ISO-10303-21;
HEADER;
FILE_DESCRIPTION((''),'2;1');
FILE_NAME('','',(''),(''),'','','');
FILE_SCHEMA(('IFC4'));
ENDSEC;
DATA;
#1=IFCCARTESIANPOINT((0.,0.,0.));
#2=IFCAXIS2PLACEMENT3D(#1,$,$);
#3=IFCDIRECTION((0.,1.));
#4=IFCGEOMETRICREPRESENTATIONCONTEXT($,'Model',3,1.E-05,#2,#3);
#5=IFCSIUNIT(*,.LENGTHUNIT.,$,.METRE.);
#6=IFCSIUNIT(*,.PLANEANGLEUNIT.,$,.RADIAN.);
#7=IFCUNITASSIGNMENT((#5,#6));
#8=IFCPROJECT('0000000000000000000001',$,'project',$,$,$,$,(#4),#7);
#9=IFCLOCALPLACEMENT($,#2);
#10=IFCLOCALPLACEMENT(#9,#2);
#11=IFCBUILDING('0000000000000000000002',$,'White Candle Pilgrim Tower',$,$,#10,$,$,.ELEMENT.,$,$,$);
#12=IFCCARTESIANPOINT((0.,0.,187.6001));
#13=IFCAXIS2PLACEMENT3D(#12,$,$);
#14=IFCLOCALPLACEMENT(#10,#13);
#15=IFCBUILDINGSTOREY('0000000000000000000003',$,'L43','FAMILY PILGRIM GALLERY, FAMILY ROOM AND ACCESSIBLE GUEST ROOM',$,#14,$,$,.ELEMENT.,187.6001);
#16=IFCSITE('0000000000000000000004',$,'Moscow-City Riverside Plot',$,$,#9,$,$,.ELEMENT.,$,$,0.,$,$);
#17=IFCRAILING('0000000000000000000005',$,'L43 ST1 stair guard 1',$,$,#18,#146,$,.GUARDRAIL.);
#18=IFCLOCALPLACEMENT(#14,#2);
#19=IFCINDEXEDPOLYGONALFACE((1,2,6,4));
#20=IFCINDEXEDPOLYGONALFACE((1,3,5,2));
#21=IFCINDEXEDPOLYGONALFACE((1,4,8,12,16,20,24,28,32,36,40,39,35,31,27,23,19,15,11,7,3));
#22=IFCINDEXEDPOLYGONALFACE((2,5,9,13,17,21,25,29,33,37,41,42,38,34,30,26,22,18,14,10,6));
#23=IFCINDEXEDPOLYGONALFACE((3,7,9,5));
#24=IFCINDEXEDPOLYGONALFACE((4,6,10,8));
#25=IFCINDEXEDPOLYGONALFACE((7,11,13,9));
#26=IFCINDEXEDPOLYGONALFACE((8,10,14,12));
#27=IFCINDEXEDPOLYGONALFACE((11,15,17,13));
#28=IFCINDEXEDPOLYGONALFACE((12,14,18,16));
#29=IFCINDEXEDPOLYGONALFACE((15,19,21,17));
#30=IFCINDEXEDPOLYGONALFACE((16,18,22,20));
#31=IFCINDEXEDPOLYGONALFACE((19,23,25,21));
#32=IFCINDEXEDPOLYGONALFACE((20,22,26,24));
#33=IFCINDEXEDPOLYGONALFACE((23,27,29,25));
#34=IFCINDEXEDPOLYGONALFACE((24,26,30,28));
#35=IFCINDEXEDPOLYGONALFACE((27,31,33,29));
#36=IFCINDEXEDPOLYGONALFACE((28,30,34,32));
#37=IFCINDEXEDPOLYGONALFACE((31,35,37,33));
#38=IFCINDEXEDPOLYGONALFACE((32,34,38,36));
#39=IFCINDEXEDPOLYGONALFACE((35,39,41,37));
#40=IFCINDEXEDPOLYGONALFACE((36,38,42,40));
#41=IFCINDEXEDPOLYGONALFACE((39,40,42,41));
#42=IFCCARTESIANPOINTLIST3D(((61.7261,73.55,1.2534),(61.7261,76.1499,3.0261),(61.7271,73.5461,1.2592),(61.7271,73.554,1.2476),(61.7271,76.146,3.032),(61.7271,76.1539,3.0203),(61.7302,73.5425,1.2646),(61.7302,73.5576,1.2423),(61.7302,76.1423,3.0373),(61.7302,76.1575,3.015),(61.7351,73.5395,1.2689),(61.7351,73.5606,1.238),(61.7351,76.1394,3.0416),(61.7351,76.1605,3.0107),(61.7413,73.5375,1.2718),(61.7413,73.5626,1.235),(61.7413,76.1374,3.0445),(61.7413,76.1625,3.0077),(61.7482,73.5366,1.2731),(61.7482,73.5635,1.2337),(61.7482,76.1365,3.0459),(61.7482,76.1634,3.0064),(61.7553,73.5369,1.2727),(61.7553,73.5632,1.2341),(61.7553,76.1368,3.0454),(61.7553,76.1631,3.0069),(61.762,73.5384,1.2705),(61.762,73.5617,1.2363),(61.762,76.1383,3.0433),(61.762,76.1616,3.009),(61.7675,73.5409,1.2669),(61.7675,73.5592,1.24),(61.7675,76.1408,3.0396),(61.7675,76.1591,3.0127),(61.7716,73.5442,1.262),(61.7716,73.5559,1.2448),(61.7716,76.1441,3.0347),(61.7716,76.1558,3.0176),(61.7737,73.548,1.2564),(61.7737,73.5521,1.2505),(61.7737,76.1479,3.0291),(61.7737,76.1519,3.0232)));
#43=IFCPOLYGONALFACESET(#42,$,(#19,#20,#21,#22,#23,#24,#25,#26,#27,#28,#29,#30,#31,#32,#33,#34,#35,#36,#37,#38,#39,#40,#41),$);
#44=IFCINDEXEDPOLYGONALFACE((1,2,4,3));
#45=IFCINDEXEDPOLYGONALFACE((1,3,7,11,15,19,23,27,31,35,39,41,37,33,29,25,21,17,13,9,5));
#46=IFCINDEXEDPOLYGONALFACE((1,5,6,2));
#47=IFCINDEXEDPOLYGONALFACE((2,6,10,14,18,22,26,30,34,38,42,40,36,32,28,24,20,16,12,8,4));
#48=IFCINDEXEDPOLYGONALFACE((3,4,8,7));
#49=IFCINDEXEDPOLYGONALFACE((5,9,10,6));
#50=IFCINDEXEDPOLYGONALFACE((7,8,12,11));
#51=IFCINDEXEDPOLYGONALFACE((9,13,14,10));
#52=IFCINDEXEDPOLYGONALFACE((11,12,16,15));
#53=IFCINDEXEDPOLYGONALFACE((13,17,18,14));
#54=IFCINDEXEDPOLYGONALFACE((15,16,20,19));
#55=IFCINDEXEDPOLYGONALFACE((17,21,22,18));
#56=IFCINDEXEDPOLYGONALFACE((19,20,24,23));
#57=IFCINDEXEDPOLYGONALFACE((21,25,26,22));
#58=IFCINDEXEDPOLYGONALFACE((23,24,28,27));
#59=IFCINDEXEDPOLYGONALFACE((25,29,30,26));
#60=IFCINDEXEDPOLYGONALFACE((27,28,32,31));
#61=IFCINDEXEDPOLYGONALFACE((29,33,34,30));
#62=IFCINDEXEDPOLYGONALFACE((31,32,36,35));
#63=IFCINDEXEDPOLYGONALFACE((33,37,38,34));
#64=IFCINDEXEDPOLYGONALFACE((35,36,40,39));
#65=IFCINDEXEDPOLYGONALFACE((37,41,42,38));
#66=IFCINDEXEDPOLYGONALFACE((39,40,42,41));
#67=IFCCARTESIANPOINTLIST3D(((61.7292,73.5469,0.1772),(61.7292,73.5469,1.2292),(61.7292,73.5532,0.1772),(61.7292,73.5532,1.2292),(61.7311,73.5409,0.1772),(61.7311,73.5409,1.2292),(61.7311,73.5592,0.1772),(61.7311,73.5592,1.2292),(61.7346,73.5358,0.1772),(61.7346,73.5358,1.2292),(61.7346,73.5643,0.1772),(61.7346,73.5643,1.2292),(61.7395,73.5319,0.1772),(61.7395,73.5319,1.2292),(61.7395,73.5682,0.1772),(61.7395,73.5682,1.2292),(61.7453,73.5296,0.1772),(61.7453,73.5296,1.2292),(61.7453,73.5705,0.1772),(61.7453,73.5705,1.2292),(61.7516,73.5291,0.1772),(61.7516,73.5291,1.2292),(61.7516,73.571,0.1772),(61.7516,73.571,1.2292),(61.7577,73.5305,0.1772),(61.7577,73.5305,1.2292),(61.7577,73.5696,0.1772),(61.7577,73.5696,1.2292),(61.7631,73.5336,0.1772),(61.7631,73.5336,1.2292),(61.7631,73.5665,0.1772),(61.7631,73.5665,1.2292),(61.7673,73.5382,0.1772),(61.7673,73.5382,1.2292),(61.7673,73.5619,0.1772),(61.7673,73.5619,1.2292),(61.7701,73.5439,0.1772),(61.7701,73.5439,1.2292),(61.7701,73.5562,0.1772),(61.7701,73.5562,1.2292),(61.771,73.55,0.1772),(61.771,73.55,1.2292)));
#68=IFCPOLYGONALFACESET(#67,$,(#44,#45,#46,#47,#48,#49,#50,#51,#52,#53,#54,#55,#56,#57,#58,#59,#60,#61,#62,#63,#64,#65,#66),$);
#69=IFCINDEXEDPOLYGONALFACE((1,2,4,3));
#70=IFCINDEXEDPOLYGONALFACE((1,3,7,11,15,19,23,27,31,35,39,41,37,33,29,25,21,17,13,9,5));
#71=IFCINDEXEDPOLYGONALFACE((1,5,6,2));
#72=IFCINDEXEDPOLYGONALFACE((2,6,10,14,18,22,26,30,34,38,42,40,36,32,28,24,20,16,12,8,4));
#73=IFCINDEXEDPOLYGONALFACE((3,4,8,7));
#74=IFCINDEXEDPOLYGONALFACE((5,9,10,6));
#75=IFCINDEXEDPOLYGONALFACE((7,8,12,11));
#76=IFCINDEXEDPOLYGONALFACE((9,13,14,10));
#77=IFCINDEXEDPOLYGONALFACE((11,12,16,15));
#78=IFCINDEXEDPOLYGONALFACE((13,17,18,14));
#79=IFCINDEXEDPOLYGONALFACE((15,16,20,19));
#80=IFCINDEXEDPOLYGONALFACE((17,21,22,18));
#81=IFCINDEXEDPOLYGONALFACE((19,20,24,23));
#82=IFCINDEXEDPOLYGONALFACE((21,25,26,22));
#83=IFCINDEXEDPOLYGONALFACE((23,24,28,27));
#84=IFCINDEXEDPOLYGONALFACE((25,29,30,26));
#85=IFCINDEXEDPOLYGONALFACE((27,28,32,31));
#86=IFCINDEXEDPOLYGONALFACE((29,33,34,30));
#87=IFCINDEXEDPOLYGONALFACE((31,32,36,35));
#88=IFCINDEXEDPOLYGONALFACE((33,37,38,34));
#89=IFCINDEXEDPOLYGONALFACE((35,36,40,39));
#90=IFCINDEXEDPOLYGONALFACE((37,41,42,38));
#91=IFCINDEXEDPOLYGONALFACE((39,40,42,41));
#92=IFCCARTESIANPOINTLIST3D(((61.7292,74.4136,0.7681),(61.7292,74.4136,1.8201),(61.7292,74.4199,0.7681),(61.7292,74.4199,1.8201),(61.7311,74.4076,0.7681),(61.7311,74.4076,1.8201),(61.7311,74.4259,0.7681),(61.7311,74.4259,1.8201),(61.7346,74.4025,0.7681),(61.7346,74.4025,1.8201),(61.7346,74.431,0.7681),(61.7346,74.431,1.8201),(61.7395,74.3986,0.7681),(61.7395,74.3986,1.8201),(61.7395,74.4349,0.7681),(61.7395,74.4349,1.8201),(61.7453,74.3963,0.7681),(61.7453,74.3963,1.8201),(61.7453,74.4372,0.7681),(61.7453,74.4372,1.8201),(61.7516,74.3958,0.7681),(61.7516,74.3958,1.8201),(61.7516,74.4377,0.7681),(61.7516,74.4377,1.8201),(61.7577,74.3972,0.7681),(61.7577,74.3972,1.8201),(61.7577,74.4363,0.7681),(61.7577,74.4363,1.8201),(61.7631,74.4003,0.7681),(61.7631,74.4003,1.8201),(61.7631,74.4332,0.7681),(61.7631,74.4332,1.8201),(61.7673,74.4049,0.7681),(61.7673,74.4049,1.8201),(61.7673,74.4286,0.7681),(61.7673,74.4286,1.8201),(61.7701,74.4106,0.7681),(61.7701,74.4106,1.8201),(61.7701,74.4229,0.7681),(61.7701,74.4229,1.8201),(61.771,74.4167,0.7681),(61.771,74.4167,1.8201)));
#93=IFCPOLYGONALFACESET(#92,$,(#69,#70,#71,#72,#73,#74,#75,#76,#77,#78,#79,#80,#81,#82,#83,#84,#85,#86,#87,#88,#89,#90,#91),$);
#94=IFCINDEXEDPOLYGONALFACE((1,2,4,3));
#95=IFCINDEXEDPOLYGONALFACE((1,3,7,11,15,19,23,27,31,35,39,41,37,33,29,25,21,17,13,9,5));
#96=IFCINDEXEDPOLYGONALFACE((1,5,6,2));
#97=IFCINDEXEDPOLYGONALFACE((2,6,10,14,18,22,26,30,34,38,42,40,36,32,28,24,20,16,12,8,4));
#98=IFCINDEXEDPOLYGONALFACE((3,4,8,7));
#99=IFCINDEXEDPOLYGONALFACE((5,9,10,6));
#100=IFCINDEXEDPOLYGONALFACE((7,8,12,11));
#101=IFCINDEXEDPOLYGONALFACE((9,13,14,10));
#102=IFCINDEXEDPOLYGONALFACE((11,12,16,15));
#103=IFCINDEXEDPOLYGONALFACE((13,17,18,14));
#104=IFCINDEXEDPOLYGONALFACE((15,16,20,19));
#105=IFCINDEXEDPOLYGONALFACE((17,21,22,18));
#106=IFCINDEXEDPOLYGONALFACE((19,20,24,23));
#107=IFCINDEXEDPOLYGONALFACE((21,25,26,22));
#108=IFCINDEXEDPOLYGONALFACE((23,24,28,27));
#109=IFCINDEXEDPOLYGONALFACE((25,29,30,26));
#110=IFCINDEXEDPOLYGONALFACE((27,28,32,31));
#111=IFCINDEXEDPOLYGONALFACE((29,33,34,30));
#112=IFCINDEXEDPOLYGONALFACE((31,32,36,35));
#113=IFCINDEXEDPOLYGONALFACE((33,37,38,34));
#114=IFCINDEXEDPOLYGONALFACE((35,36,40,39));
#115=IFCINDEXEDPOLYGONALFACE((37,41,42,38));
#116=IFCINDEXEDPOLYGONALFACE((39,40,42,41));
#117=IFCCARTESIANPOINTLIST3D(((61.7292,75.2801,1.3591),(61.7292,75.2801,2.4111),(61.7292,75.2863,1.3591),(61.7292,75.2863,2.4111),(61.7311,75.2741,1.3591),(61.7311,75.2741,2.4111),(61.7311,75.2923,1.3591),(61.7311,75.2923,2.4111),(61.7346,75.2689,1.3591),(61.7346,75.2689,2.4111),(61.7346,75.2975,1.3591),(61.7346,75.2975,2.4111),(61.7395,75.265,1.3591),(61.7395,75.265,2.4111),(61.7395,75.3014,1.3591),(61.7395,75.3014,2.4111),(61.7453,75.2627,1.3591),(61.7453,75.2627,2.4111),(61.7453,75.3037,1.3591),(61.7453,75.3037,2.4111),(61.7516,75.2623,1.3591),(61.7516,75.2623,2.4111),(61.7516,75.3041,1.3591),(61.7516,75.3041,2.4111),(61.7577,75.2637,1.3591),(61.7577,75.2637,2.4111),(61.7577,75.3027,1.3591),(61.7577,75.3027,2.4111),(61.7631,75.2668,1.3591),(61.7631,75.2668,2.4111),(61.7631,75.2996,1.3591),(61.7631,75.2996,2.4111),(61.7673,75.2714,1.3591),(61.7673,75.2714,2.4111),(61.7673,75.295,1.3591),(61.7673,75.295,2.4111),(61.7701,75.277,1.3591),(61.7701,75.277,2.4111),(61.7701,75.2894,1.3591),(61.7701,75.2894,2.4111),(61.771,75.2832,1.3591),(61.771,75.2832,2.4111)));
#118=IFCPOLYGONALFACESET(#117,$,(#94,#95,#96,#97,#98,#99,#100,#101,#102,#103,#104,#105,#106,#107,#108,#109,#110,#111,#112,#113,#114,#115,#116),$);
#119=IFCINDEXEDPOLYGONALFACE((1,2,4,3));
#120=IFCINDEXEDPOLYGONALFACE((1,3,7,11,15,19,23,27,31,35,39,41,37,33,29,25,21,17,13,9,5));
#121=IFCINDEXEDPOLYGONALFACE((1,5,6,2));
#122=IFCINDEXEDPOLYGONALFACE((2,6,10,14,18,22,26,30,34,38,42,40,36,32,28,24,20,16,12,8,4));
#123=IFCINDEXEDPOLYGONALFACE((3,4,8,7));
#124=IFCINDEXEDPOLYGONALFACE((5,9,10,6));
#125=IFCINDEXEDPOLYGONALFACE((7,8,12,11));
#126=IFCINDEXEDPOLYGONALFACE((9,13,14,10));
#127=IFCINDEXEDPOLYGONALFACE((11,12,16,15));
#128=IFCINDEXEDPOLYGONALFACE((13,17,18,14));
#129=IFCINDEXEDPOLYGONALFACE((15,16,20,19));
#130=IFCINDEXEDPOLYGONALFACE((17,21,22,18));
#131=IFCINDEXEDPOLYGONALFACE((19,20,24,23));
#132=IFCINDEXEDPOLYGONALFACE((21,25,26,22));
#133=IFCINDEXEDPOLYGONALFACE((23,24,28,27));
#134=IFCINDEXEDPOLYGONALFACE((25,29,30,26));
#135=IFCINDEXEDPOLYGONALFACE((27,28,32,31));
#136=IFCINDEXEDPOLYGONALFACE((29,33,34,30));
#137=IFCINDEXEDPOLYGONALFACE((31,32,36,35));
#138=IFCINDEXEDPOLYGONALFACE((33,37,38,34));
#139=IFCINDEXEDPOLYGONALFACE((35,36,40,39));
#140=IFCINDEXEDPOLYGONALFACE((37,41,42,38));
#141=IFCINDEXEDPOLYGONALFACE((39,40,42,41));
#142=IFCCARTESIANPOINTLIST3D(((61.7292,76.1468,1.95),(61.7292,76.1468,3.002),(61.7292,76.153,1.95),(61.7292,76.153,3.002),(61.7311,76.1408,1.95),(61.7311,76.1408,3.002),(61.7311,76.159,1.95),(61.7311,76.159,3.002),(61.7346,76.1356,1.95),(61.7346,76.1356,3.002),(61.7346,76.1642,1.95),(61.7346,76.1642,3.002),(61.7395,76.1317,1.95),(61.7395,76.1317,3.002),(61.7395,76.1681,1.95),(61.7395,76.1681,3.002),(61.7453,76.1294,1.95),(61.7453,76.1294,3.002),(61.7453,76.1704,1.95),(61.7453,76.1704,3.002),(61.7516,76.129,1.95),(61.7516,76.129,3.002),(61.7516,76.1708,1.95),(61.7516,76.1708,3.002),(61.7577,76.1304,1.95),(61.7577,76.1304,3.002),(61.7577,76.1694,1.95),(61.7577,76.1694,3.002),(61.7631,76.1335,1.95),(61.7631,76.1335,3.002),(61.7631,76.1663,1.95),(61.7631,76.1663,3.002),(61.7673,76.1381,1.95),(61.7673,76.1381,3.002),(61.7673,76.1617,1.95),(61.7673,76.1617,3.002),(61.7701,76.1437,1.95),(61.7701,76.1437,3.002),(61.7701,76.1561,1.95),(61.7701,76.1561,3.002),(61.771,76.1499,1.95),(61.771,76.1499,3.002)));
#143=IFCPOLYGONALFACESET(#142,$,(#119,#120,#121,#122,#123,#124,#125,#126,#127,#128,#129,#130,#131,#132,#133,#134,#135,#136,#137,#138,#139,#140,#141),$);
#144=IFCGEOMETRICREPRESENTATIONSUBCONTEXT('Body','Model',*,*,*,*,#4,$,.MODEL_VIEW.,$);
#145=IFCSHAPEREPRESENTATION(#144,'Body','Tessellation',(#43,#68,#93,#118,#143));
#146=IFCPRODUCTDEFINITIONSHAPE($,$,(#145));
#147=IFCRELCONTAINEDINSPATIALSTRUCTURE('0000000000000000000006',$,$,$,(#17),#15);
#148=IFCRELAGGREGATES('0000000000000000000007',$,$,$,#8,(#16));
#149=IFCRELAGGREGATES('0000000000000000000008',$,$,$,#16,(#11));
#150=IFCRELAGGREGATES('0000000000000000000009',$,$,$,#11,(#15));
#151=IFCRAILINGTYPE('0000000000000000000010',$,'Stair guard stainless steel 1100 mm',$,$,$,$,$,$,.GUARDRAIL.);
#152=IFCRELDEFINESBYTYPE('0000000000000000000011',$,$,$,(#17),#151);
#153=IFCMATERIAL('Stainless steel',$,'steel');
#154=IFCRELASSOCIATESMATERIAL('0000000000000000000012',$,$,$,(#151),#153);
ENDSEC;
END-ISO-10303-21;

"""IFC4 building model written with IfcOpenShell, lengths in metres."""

from ifc_helpers import new_model, si_unit, direction, frame, origin, origin_2d, place, context, subcontext, project, spatial, circle, extrude, material, type_object, element, save


model = new_model("IFC4")

# Units and contexts
model_context = context("Model", 3, precision=1e-05, world=origin(), true_north=direction((0.0, 1.0)))
body_context = subcontext(model_context, "Body", "Model", "MODEL_VIEW")
ifc_project = project(units=[si_unit("LENGTHUNIT", "METRE"), si_unit("PLANEANGLEUNIT", "RADIAN")], contexts=[model_context])

# Site, building, storey
site_placement = place(None, origin())
site = spatial("IfcSite", under=ifc_project, at=site_placement, Name="Moscow-City Riverside Plot", CompositionType="ELEMENT", RefElevation=0.0)
building_placement = place(site_placement, origin())
building = spatial("IfcBuilding", under=site, at=building_placement, Name="White Candle Pilgrim Tower", CompositionType="ELEMENT")
storey_placement = place(building_placement, frame((0.0, 0.0, 187.6001)))
storey = spatial("IfcBuildingStorey", under=building, at=storey_placement, Name="L43", Description="FAMILY PILGRIM GALLERY, FAMILY ROOM AND ACCESSIBLE GUEST ROOM", CompositionType="ELEMENT", Elevation=187.6001)

# Railing
ifc_material_1 = material(Name="Stainless steel", Category="steel")
railing_type_1 = type_object("IfcRailingType", Name="Stair guard stainless steel 1100 mm", PredefinedType="GUARDRAIL", material=ifc_material_1)
railing_1_placement = place(storey_placement, frame((61.75, 73.55, 0.1772)))
element("IfcRailing", 1, at=railing_1_placement, inside=storey, type_object=railing_type_1, Name="L43 ST1 stair guard 1", PredefinedType="GUARDRAIL", context=body_context, shape_type="SweptSolid", body=[
    extrude(circle(Radius=0.0239, at=origin_2d()), frame((0.0, 0.0, 1.0762), z_axis=(0.0, 0.826216, 0.563354), x_axis=(-1.0, 0.0, 0.0)), (0.0, 0.0, 1.0), 3.1467),
    extrude(circle(Radius=0.021, at=origin_2d()), origin(), (0.0, 0.0, 1.0), 1.052),
    extrude(circle(Radius=0.021, at=origin_2d()), frame((0.0, 0.8667, 0.5908)), (0.0, 0.0, 1.0), 1.052),
    extrude(circle(Radius=0.021, at=origin_2d()), frame((0.0, 1.7332, 1.1819)), (0.0, 0.0, 1.0), 1.052),
    extrude(circle(Radius=0.021, at=origin_2d()), frame((0.0, 2.5999, 1.7727)), (0.0, 0.0, 1.0), 1.052),
])

save(model, "model.ifc")
